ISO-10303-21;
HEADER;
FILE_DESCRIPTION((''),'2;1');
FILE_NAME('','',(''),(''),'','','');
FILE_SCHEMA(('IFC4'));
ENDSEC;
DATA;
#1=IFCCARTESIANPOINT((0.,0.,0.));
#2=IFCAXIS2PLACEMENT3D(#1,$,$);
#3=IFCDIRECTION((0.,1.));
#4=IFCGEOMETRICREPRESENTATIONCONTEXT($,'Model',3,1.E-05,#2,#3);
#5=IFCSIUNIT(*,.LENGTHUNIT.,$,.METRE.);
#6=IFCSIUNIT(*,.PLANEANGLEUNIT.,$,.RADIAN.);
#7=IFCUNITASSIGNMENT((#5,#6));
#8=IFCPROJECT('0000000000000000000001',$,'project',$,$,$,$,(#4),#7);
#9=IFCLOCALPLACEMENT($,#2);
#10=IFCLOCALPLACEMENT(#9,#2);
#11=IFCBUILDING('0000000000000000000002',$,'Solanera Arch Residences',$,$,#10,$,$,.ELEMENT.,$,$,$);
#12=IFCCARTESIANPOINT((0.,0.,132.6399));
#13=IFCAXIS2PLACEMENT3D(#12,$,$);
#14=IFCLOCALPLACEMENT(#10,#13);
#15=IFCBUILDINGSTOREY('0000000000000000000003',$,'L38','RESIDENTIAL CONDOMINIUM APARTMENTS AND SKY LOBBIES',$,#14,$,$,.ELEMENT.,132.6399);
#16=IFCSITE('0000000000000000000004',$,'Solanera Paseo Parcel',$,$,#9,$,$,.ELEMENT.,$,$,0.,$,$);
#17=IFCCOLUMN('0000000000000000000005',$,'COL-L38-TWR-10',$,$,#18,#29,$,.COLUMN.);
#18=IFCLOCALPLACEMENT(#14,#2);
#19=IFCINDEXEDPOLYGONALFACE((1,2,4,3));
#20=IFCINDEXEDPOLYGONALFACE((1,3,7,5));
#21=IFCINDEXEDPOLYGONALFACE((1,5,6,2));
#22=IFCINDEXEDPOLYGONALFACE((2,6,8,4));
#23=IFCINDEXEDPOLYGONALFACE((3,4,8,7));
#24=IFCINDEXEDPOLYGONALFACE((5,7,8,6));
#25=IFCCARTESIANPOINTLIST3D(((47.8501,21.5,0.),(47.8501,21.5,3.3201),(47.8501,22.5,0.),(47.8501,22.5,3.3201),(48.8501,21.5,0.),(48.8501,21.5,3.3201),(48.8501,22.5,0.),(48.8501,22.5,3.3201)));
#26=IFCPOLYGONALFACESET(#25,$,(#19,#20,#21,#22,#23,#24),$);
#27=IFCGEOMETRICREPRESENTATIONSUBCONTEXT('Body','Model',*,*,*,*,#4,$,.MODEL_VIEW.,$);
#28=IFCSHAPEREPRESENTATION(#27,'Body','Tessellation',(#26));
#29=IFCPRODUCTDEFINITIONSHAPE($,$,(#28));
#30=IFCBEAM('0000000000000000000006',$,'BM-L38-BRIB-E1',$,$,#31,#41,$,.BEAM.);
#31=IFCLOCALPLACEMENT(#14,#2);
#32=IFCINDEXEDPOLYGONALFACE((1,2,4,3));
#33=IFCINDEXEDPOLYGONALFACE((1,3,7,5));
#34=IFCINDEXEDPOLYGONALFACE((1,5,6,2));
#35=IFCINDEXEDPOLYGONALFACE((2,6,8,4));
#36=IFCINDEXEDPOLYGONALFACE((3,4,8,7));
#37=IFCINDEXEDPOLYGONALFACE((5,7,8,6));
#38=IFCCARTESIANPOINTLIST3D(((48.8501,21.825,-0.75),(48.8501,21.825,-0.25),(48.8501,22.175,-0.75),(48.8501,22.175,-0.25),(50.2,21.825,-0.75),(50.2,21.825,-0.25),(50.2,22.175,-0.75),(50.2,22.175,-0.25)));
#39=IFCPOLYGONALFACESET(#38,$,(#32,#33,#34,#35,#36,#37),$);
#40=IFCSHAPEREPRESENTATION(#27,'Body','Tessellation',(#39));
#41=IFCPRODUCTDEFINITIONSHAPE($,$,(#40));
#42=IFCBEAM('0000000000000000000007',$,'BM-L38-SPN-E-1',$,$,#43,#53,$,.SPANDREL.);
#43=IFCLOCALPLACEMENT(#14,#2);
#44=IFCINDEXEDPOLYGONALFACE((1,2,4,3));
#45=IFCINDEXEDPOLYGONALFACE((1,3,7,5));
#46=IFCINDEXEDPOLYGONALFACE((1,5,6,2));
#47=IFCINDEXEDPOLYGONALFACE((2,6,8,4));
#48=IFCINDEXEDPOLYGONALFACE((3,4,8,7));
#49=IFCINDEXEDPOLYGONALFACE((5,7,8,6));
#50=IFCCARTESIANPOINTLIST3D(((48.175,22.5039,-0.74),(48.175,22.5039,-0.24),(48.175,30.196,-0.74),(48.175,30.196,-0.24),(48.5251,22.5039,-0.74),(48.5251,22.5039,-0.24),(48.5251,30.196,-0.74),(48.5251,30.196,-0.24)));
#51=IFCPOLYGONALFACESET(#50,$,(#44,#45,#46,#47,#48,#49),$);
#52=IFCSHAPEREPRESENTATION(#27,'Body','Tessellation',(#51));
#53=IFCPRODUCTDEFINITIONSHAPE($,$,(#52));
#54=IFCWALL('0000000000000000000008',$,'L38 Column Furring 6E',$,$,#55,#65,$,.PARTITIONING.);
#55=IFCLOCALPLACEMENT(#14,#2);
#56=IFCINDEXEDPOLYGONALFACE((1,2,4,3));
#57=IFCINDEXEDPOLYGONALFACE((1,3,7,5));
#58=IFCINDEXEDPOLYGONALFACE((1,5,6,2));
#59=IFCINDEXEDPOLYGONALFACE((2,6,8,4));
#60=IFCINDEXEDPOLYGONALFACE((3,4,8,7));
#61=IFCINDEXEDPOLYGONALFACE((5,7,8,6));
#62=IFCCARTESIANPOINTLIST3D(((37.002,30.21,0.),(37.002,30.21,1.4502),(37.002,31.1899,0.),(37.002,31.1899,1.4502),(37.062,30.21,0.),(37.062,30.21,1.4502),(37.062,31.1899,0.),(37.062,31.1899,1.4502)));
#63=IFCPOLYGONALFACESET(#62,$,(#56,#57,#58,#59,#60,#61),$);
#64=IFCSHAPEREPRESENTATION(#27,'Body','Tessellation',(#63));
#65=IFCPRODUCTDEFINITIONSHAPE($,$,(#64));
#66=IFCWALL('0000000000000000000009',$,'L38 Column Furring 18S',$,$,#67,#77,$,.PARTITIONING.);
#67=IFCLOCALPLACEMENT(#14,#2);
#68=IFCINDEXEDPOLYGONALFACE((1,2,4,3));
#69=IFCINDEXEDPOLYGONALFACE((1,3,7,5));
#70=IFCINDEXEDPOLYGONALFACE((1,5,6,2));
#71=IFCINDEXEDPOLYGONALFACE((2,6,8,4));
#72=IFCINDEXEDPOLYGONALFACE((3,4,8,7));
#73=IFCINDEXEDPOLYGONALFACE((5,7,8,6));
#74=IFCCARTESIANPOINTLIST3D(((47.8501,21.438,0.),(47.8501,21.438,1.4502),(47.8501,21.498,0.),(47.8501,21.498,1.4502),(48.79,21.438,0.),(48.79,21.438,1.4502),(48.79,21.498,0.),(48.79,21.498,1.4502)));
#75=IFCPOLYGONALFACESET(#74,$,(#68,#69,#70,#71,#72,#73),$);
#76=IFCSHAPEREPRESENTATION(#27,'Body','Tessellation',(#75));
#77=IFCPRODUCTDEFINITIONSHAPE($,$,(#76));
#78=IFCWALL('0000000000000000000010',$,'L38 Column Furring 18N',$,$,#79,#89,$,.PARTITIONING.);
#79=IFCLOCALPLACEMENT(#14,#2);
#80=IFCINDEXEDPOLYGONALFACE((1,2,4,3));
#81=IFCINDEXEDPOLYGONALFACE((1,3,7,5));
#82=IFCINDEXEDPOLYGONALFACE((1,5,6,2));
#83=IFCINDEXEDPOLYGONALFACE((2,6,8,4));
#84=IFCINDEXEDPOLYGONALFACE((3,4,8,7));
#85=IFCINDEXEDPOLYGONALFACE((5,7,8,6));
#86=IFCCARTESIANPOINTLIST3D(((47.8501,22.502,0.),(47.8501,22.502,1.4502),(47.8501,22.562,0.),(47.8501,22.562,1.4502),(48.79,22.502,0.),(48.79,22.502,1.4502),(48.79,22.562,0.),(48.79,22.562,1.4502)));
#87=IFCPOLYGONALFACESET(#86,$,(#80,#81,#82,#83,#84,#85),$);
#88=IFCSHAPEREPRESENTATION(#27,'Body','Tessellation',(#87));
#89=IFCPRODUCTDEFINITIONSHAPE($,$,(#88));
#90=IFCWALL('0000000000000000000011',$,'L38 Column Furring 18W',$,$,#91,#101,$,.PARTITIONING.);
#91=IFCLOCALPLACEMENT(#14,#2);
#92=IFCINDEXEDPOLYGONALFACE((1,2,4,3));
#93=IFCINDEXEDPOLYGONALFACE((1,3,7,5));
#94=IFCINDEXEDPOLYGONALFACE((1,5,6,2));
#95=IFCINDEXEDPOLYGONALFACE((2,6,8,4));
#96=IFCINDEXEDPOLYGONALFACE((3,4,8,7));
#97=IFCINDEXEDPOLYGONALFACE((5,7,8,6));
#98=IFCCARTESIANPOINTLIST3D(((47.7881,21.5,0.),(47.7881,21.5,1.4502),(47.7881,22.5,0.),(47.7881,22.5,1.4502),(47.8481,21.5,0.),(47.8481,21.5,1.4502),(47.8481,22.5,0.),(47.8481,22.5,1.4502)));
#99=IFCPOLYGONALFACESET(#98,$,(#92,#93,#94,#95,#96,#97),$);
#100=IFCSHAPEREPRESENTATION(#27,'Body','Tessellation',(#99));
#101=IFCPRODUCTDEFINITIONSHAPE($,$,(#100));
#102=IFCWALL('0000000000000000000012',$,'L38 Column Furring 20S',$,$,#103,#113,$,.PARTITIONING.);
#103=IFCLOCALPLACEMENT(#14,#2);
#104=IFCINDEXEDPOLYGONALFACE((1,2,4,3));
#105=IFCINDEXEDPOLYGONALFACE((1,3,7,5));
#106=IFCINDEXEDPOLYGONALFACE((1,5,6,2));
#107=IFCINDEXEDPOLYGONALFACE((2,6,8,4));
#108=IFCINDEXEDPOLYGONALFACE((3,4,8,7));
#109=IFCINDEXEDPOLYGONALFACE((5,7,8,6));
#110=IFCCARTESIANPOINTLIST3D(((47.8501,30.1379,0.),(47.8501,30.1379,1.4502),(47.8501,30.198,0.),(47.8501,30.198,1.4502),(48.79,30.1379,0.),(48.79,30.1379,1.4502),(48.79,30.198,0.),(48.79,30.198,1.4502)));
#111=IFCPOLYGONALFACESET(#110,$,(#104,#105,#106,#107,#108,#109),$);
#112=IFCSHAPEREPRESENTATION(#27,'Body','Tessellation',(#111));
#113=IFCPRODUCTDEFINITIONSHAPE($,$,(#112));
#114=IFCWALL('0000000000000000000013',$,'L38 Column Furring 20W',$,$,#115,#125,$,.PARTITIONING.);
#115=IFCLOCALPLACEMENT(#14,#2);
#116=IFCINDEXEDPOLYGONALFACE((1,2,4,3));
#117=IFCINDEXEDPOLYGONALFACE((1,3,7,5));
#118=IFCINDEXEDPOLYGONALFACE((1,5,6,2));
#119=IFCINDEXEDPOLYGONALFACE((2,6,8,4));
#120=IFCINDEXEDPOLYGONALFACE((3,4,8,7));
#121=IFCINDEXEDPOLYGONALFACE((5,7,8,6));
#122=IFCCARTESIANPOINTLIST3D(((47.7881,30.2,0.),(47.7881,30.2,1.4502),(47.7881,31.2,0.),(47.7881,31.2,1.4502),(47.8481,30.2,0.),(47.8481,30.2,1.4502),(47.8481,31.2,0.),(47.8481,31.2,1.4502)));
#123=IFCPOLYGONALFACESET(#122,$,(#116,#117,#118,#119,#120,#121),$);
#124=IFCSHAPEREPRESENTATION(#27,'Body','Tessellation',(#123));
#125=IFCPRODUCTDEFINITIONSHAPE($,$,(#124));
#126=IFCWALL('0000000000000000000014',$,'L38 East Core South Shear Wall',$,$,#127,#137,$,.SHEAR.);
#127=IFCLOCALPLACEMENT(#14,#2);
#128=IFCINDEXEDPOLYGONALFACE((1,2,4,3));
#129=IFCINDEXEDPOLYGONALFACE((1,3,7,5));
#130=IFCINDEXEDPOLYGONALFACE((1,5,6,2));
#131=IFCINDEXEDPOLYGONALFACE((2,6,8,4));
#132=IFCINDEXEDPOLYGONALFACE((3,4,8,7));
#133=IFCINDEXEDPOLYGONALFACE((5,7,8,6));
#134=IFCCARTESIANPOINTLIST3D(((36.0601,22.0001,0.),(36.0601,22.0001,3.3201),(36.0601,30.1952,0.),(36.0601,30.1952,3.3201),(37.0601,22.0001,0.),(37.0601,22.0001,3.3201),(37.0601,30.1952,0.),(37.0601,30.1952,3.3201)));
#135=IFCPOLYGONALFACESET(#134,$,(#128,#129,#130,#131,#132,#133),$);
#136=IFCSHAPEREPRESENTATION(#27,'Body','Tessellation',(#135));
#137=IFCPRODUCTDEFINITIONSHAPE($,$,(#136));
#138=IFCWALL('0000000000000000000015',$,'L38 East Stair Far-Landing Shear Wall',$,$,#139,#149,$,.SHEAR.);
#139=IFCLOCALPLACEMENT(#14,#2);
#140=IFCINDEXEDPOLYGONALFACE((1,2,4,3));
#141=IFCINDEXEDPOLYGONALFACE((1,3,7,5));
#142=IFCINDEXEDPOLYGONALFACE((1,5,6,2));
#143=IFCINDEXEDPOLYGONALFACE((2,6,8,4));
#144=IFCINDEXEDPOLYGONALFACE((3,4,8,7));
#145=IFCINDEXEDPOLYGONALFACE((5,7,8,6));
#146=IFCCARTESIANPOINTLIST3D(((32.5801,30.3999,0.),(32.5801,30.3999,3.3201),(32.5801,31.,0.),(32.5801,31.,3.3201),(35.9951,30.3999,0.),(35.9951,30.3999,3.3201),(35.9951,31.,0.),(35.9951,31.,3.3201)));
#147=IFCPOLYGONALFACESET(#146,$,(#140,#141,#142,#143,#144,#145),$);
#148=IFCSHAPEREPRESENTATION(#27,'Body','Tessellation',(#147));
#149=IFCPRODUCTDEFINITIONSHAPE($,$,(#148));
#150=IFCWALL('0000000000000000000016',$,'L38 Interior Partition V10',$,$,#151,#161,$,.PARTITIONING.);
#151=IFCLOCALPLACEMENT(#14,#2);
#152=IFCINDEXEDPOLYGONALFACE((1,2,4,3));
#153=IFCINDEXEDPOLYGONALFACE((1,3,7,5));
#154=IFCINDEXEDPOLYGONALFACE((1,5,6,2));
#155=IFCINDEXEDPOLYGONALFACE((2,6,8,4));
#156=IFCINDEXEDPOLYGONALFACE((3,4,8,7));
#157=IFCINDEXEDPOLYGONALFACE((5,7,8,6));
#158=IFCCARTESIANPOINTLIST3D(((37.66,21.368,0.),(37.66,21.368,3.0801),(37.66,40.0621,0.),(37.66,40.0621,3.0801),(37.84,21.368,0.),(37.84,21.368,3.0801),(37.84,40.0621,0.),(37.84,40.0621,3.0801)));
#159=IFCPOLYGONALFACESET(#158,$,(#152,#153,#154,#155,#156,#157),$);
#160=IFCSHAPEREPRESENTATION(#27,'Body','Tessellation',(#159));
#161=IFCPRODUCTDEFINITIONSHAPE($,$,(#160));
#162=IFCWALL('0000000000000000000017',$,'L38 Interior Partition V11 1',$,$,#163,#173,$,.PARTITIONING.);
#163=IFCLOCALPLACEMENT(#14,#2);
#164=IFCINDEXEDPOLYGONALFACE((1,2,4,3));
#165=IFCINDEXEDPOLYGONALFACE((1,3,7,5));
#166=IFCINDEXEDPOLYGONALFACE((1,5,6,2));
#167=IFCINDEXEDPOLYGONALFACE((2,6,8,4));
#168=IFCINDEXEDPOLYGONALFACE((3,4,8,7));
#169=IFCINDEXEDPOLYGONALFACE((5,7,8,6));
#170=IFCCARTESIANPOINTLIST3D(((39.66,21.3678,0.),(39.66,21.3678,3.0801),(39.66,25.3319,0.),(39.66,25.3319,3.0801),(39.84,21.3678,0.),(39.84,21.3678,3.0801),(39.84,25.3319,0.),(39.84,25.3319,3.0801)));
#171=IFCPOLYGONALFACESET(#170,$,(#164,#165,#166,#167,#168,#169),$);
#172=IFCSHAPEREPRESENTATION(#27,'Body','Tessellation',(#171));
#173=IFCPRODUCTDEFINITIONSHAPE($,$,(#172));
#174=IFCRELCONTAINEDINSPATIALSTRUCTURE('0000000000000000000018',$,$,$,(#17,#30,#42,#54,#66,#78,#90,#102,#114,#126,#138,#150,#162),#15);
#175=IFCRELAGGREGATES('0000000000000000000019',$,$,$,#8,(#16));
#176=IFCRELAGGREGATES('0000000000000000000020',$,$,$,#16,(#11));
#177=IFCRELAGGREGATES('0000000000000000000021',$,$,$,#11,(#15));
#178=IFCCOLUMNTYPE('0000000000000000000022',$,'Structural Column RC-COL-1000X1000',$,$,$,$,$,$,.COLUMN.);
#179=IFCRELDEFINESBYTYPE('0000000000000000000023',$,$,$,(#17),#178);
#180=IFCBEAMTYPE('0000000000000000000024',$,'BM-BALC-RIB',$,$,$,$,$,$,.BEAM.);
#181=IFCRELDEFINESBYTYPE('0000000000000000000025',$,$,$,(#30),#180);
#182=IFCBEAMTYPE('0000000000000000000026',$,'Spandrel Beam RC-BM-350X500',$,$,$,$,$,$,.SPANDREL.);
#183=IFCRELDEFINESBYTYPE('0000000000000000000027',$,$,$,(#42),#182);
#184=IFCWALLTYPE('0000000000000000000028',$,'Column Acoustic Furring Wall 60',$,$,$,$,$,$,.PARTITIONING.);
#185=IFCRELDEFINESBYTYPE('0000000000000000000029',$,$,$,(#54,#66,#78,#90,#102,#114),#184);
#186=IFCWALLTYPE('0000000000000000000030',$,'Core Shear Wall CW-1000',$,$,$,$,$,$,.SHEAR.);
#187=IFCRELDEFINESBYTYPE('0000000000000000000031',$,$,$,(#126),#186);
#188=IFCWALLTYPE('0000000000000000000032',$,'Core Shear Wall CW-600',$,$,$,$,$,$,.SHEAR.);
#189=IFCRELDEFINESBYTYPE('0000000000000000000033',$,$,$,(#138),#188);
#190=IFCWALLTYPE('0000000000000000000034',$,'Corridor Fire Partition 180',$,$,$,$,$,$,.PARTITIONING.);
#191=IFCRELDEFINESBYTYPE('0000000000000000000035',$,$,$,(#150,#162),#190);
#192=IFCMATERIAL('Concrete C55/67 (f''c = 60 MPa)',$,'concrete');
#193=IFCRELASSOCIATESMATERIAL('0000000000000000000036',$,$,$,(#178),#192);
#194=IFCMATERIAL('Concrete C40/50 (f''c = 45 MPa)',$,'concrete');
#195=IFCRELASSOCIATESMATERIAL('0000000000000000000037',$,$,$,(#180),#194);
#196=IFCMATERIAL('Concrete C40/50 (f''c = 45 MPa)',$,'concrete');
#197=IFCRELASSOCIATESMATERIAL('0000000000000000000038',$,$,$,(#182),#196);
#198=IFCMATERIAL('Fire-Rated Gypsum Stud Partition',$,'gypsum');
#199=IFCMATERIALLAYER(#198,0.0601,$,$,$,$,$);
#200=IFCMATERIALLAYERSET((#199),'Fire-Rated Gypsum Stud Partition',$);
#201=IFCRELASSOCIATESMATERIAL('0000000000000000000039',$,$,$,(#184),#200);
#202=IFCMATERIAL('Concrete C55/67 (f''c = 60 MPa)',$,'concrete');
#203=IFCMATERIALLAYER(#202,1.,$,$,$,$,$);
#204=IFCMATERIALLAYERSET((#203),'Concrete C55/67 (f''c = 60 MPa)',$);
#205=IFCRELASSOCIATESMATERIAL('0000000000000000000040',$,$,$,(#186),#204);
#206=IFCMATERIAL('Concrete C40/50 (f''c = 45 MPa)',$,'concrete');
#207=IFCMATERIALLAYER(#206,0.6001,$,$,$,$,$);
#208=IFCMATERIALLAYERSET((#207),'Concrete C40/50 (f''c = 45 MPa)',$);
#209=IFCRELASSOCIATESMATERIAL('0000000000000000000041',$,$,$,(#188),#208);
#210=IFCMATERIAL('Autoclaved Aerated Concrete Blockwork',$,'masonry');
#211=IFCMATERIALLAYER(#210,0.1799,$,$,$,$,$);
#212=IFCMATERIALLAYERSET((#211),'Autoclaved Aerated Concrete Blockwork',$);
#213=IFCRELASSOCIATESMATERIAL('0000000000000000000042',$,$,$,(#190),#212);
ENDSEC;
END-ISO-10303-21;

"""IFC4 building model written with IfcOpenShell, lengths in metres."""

from ifc_helpers import new_model, si_unit, direction, frame, frame_2d, origin, origin_2d, place, context, subcontext, project, spatial, rectangle, extrude, material, layer, layer_set, material_profile, profile_set, type_object, element, save


model = new_model("IFC4")

# Units and contexts
model_context = context("Model", 3, precision=1e-05, world=origin(), true_north=direction((0.0, 1.0)))
body_context = subcontext(model_context, "Body", "Model", "MODEL_VIEW")
ifc_project = project(units=[si_unit("LENGTHUNIT", "METRE"), si_unit("PLANEANGLEUNIT", "RADIAN")], contexts=[model_context])

# Site, building, storey
site_placement = place(None, origin())
site = spatial("IfcSite", under=ifc_project, at=site_placement, Name="Solanera Paseo Parcel", CompositionType="ELEMENT", RefElevation=0.0)
building_placement = place(site_placement, origin())
building = spatial("IfcBuilding", under=site, at=building_placement, Name="Solanera Arch Residences", CompositionType="ELEMENT")
storey_placement = place(building_placement, frame((0.0, 0.0, 132.6399)))
storey = spatial("IfcBuildingStorey", under=building, at=storey_placement, Name="L38", Description="RESIDENTIAL CONDOMINIUM APARTMENTS AND SKY LOBBIES", CompositionType="ELEMENT", Elevation=132.6399)

# Column
ifc_material_1 = material(Name="Concrete C55/67 (f'c = 60 MPa)", Category="concrete")
ifc_material_profile_1 = material_profile(ifc_material_1, rectangle(XDim=1.0, YDim=1.0, at=origin_2d()))
ifc_profile_set_1 = profile_set([ifc_material_profile_1], Name="Concrete C55/67 (f'c = 60 MPa)")
column_type = type_object("IfcColumnType", Name="Structural Column RC-COL-1000X1000", PredefinedType="COLUMN", material=ifc_profile_set_1)
column_placement = place(storey_placement, frame((48.3501, 22.0, 0.0), z_axis=(0.0, 0.0, 1.0), x_axis=(1.0, 0.0, 0.0)))
element("IfcColumn", 1, at=column_placement, inside=storey, type_object=column_type, Name="COL-L38-TWR-10", PredefinedType="COLUMN", context=body_context, shape_type="SweptSolid", body=[
    extrude(rectangle(XDim=1.0, YDim=1.0, at=origin_2d()), origin(), (0.0, 0.0, 1.0), 3.3201),
])

# Beams
ifc_material_2 = material(Name="Concrete C40/50 (f'c = 45 MPa)", Category="concrete")
ifc_material_profile_2 = material_profile(ifc_material_2, rectangle(XDim=0.3501, YDim=0.5, at=origin_2d()))
ifc_profile_set_2 = profile_set([ifc_material_profile_2], Name="Concrete C40/50 (f'c = 45 MPa)")
beam_type_1 = type_object("IfcBeamType", Name="BM-BALC-RIB", PredefinedType="BEAM", material=ifc_profile_set_2)
beam_1_placement = place(storey_placement, frame((48.8501, 22.0, -0.5), z_axis=(1.0, 0.0, 0.0), x_axis=(0.0, 1.0, 0.0)))
element("IfcBeam", 2, at=beam_1_placement, inside=storey, type_object=beam_type_1, Name="BM-L38-BRIB-E1", PredefinedType="BEAM", context=body_context, shape_type="SweptSolid", body=[
    extrude(rectangle(XDim=0.3501, YDim=0.5, at=origin_2d()), origin(), (0.0, 0.0, 1.0), 1.3499),
])
ifc_material_3 = material(Name="Concrete C40/50 (f'c = 45 MPa)", Category="concrete")
ifc_material_profile_3 = material_profile(ifc_material_3, rectangle(XDim=0.3501, YDim=0.5, at=origin_2d()))
ifc_profile_set_3 = profile_set([ifc_material_profile_3], Name="Concrete C40/50 (f'c = 45 MPa)")
beam_type_2 = type_object("IfcBeamType", Name="Spandrel Beam RC-BM-350X500", PredefinedType="SPANDREL", material=ifc_profile_set_3)
beam_2_placement = place(storey_placement, frame((48.3501, 22.5039, -0.49), z_axis=(0.0, 1.0, 0.0), x_axis=(-1.0, 0.0, 0.0)))
element("IfcBeam", 3, at=beam_2_placement, inside=storey, type_object=beam_type_2, Name="BM-L38-SPN-E-1", PredefinedType="SPANDREL", context=body_context, shape_type="SweptSolid", body=[
    extrude(rectangle(XDim=0.3501, YDim=0.5, at=origin_2d()), origin(), (0.0, 0.0, 1.0), 7.6921),
])

# Walls
ifc_material_4 = material(Name="Fire-Rated Gypsum Stud Partition", Category="gypsum")
ifc_layer_1 = layer(ifc_material_4, 0.0601)
ifc_layer_set_1 = layer_set([ifc_layer_1], Name="Fire-Rated Gypsum Stud Partition")
wall_type_1 = type_object("IfcWallType", Name="Column Acoustic Furring Wall 60", PredefinedType="PARTITIONING", material=ifc_layer_set_1)
wall_1_placement = place(storey_placement, frame((37.032, 30.21, 0.0), z_axis=(0.0, 0.0, 1.0), x_axis=(0.0, 1.0, 0.0)))
element("IfcWall", 4, at=wall_1_placement, inside=storey, type_object=wall_type_1, Name="L38 Column Furring 6E", PredefinedType="PARTITIONING", context=body_context, shape_type="SweptSolid", body=[
    extrude(rectangle(XDim=0.98, YDim=0.0601, at=frame_2d((0.49, 0.0))), origin(), (0.0, 0.0, 1.0), 1.4502),
])
for number, where, z_axis, x_axis, name in (
    (5, (47.8501, 21.468, 0.0), (0.0, 0.0, 1.0), (1.0, 0.0, 0.0), "L38 Column Furring 18S"),
    (6, (47.8501, 22.532, 0.0), (0.0, 0.0, 1.0), (1.0, 0.0, 0.0), "L38 Column Furring 18N"),
):
    element("IfcWall", number, at=place(storey_placement, frame(where, z_axis=z_axis, x_axis=x_axis)), inside=storey, type_object=wall_type_1, Name=name, PredefinedType="PARTITIONING", context=body_context, shape_type="SweptSolid", body=[
        extrude(rectangle(XDim=0.9399, YDim=0.0601, at=frame_2d((0.47, 0.0))), origin(), (0.0, 0.0, 1.0), 1.4502),
    ])
wall_2_placement = place(storey_placement, frame((47.8181, 21.5, 0.0), z_axis=(0.0, 0.0, 1.0), x_axis=(0.0, 1.0, 0.0)))
element("IfcWall", 7, at=wall_2_placement, inside=storey, type_object=wall_type_1, Name="L38 Column Furring 18W", PredefinedType="PARTITIONING", context=body_context, shape_type="SweptSolid", body=[
    extrude(rectangle(XDim=1.0, YDim=0.0601, at=frame_2d((0.5, 0.0))), origin(), (0.0, 0.0, 1.0), 1.4502),
])
wall_3_placement = place(storey_placement, frame((47.8501, 30.168, 0.0), z_axis=(0.0, 0.0, 1.0), x_axis=(1.0, 0.0, 0.0)))
element("IfcWall", 8, at=wall_3_placement, inside=storey, type_object=wall_type_1, Name="L38 Column Furring 20S", PredefinedType="PARTITIONING", context=body_context, shape_type="SweptSolid", body=[
    extrude(rectangle(XDim=0.9399, YDim=0.0601, at=frame_2d((0.47, 0.0))), origin(), (0.0, 0.0, 1.0), 1.4502),
])
wall_4_placement = place(storey_placement, frame((47.8181, 30.2, 0.0), z_axis=(0.0, 0.0, 1.0), x_axis=(0.0, 1.0, 0.0)))
element("IfcWall", 9, at=wall_4_placement, inside=storey, type_object=wall_type_1, Name="L38 Column Furring 20W", PredefinedType="PARTITIONING", context=body_context, shape_type="SweptSolid", body=[
    extrude(rectangle(XDim=1.0, YDim=0.0601, at=frame_2d((0.5, 0.0))), origin(), (0.0, 0.0, 1.0), 1.4502),
])
ifc_material_5 = material(Name="Concrete C55/67 (f'c = 60 MPa)", Category="concrete")
ifc_layer_2 = layer(ifc_material_5, 1.0)
ifc_layer_set_2 = layer_set([ifc_layer_2], Name="Concrete C55/67 (f'c = 60 MPa)")
wall_type_2 = type_object("IfcWallType", Name="Core Shear Wall CW-1000", PredefinedType="SHEAR", material=ifc_layer_set_2)
wall_5_placement = place(storey_placement, frame((36.5601, 22.0, 0.0), z_axis=(0.0, 0.0, 1.0), x_axis=(0.0, 1.0, 0.0)))
element("IfcWall", 10, at=wall_5_placement, inside=storey, type_object=wall_type_2, Name="L38 East Core South Shear Wall", PredefinedType="SHEAR", context=body_context, shape_type="SweptSolid", body=[
    extrude(rectangle(XDim=8.1951, YDim=1.0, at=frame_2d((4.0977, 0.0))), origin(), (0.0, 0.0, 1.0), 3.3201),
])
ifc_material_6 = material(Name="Concrete C40/50 (f'c = 45 MPa)", Category="concrete")
ifc_layer_3 = layer(ifc_material_6, 0.6001)
ifc_layer_set_3 = layer_set([ifc_layer_3], Name="Concrete C40/50 (f'c = 45 MPa)")
wall_type_3 = type_object("IfcWallType", Name="Core Shear Wall CW-600", PredefinedType="SHEAR", material=ifc_layer_set_3)
wall_6_placement = place(storey_placement, frame((32.5801, 30.7, 0.0), z_axis=(0.0, 0.0, 1.0), x_axis=(1.0, 0.0, 0.0)))
element("IfcWall", 11, at=wall_6_placement, inside=storey, type_object=wall_type_3, Name="L38 East Stair Far-Landing Shear Wall", PredefinedType="SHEAR", context=body_context, shape_type="SweptSolid", body=[
    extrude(rectangle(XDim=3.415, YDim=0.6001, at=frame_2d((1.7075, 0.0))), origin(), (0.0, 0.0, 1.0), 3.3201),
])
ifc_material_7 = material(Name="Autoclaved Aerated Concrete Blockwork", Category="masonry")
ifc_layer_4 = layer(ifc_material_7, 0.1799)
ifc_layer_set_4 = layer_set([ifc_layer_4], Name="Autoclaved Aerated Concrete Blockwork")
wall_type_4 = type_object("IfcWallType", Name="Corridor Fire Partition 180", PredefinedType="PARTITIONING", material=ifc_layer_set_4)
wall_7_placement = place(storey_placement, frame((37.75, 21.3679, 0.0), z_axis=(0.0, 0.0, 1.0), x_axis=(0.0, 1.0, 0.0)))
element("IfcWall", 12, at=wall_7_placement, inside=storey, type_object=wall_type_4, Name="L38 Interior Partition V10", PredefinedType="PARTITIONING", context=body_context, shape_type="SweptSolid", body=[
    extrude(rectangle(XDim=18.6941, YDim=0.1799, at=frame_2d((9.3472, 0.0))), origin(), (0.0, 0.0, 1.0), 3.0801),
])
wall_8_placement = place(storey_placement, frame((39.75, 21.3679, 0.0), z_axis=(0.0, 0.0, 1.0), x_axis=(0.0, 1.0, 0.0)))
element("IfcWall", 13, at=wall_8_placement, inside=storey, type_object=wall_type_4, Name="L38 Interior Partition V11 1", PredefinedType="PARTITIONING", context=body_context, shape_type="SweptSolid", body=[
    extrude(rectangle(XDim=3.9641, YDim=0.1799, at=frame_2d((1.9819, 0.0))), origin(), (0.0, 0.0, 1.0), 3.0801),
])

save(model, "model.ifc")
